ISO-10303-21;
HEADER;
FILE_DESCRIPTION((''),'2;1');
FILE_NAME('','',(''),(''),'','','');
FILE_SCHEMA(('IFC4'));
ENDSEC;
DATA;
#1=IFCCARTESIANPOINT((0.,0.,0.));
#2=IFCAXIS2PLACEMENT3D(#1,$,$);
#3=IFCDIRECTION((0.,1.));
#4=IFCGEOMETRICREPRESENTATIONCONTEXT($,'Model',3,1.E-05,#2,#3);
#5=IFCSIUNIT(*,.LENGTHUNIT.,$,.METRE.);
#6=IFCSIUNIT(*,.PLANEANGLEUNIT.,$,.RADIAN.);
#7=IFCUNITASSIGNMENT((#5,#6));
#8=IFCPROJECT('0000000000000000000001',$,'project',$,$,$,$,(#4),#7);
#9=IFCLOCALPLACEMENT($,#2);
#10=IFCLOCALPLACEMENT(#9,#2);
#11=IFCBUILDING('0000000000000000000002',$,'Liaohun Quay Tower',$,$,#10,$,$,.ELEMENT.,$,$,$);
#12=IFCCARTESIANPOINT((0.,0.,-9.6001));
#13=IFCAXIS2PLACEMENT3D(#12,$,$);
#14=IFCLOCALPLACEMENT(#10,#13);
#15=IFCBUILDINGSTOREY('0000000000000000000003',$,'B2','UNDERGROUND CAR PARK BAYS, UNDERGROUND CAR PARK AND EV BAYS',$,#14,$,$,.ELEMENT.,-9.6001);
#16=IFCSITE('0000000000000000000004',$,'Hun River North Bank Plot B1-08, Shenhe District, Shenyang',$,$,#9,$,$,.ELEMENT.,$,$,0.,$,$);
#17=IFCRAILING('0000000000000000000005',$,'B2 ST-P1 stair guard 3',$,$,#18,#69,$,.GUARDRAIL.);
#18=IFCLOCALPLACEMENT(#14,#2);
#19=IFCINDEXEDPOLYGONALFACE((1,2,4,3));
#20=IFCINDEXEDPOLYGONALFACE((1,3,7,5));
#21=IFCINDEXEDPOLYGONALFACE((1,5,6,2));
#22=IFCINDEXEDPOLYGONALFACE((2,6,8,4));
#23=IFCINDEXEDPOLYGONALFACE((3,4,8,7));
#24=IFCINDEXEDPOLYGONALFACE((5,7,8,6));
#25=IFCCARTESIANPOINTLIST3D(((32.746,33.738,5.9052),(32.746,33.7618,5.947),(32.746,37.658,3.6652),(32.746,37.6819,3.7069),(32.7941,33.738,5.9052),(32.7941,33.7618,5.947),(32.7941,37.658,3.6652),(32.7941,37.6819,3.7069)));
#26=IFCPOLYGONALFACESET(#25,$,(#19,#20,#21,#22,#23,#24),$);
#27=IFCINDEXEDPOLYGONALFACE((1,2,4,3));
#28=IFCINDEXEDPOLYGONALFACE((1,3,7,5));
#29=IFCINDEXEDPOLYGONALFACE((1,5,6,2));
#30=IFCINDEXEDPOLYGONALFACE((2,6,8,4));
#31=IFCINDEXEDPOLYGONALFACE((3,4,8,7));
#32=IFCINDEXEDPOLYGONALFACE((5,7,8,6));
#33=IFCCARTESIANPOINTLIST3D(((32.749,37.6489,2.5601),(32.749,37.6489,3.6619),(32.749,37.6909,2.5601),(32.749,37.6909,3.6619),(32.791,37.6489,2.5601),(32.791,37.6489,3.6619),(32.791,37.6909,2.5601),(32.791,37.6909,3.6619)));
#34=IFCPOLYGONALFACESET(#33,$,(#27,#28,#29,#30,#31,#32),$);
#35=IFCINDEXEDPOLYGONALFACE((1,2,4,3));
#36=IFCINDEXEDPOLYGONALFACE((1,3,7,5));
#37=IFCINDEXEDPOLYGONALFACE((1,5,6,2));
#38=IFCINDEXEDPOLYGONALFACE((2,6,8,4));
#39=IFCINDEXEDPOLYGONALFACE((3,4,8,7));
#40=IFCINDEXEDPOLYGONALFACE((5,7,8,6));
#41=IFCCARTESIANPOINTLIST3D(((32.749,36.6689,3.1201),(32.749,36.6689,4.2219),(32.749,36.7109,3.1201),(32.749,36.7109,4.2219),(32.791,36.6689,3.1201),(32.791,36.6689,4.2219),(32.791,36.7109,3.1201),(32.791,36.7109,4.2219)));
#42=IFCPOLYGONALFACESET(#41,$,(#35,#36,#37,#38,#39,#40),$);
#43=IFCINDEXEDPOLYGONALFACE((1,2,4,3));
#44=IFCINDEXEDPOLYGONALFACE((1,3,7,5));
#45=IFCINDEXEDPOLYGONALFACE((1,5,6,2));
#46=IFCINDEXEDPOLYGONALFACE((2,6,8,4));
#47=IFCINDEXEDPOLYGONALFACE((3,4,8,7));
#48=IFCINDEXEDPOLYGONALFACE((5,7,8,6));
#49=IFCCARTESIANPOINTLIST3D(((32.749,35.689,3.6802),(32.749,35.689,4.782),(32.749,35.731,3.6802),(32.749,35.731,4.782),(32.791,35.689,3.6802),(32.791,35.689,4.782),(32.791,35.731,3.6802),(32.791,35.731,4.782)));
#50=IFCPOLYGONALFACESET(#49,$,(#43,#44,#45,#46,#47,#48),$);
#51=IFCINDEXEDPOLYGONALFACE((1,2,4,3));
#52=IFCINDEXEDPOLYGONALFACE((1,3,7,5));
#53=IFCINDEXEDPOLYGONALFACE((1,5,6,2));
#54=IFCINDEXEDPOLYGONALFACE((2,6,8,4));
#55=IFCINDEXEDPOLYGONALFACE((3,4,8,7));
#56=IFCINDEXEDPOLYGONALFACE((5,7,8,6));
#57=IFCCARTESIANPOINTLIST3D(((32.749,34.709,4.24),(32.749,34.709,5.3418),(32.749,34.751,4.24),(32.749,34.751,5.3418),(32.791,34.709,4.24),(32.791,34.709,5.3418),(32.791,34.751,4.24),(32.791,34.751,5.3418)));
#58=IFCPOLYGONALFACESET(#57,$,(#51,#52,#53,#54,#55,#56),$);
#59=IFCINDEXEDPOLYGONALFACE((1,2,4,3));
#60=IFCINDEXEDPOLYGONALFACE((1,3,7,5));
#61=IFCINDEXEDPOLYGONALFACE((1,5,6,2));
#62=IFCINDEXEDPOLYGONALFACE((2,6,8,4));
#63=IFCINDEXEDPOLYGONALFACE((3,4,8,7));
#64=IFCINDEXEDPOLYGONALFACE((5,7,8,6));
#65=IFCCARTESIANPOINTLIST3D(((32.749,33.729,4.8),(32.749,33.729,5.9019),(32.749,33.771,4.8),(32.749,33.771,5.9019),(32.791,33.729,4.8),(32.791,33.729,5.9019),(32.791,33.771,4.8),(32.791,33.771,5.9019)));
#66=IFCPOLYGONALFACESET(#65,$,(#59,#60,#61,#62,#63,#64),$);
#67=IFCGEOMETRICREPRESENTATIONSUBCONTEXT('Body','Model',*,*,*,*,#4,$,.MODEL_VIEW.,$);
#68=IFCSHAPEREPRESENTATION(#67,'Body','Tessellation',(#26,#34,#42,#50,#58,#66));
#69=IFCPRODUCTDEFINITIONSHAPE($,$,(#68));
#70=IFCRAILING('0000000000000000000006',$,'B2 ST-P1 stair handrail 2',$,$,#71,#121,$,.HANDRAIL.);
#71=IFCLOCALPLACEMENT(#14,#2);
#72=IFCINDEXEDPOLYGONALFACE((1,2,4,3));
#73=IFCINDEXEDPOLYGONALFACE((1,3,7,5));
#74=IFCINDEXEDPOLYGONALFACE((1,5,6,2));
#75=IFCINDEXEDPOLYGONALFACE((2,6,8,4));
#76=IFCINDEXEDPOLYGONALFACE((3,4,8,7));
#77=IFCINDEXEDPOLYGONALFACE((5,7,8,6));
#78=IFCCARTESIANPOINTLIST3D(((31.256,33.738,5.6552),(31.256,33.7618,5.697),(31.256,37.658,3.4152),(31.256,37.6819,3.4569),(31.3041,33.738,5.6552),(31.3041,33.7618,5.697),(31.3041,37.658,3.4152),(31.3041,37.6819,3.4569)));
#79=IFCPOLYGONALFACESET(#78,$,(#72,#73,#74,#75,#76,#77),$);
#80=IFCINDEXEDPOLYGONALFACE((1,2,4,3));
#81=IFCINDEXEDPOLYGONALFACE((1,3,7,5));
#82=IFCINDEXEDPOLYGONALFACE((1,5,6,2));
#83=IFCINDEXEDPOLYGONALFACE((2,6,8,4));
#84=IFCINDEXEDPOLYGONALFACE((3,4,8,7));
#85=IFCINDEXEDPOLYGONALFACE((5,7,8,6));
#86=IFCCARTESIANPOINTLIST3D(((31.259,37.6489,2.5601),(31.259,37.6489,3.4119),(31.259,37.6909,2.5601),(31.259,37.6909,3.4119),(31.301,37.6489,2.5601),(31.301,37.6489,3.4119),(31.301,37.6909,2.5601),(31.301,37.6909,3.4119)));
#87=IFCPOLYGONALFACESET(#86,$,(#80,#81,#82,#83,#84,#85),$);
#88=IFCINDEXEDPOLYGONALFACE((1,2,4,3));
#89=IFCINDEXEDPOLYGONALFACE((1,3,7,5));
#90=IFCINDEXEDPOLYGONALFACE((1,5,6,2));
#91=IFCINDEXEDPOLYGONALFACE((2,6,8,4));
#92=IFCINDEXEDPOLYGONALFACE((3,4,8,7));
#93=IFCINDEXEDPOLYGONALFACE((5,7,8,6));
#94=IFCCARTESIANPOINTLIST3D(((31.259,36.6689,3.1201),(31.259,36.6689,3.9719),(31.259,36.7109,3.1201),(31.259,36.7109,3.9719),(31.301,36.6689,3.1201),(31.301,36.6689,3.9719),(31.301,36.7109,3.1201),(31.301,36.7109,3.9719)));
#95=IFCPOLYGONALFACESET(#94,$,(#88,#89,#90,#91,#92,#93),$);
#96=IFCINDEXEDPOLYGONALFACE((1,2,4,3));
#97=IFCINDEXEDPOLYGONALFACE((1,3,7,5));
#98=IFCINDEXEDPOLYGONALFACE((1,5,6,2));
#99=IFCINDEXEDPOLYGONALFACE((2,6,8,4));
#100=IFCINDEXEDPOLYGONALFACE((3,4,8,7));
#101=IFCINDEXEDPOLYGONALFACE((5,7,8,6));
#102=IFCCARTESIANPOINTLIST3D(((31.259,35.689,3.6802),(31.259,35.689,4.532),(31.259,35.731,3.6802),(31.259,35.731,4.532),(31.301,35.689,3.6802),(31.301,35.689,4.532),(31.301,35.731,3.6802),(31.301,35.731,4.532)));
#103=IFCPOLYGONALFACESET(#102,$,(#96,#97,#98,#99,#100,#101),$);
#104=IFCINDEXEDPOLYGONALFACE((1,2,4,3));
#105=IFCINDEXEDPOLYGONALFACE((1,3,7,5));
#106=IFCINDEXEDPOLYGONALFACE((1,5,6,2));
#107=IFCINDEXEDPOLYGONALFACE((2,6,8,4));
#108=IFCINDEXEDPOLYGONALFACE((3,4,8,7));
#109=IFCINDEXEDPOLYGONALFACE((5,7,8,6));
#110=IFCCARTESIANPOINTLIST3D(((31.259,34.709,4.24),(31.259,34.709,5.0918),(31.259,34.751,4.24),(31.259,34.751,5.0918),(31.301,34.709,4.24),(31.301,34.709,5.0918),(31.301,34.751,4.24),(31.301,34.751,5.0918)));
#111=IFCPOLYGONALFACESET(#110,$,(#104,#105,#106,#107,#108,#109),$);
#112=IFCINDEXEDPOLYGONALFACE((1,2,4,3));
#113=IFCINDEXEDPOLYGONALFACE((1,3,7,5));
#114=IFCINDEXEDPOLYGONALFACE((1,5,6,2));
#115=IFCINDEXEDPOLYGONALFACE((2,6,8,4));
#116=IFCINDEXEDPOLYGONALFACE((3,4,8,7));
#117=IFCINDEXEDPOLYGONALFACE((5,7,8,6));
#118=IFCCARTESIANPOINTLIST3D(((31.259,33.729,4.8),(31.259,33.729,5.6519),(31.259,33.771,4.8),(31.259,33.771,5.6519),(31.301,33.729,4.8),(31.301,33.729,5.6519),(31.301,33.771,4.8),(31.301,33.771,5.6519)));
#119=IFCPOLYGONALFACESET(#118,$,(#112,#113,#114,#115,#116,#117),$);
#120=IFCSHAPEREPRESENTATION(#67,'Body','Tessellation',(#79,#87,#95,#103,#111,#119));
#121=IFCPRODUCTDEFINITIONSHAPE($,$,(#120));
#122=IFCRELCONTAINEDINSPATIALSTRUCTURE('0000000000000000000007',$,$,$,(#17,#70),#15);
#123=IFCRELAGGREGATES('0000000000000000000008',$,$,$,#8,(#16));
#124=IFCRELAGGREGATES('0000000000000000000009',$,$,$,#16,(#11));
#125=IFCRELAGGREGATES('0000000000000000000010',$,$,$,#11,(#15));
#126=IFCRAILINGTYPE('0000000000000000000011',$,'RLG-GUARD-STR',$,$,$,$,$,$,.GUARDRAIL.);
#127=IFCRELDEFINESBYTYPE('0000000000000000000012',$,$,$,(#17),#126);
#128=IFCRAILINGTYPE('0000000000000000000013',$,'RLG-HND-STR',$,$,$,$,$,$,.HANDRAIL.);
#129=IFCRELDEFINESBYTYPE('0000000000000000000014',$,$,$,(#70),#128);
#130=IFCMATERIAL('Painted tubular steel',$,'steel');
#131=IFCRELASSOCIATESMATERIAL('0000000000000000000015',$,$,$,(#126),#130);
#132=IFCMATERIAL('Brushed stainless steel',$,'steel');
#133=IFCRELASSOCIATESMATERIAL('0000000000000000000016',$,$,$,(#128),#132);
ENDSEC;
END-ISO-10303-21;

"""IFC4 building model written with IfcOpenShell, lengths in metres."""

from ifc_helpers import new_model, si_unit, direction, frame, origin, origin_2d, place, context, subcontext, project, spatial, rectangle, extrude, material, type_object, element, save


model = new_model("IFC4")

# Units and contexts
model_context = context("Model", 3, precision=1e-05, world=origin(), true_north=direction((0.0, 1.0)))
body_context = subcontext(model_context, "Body", "Model", "MODEL_VIEW")
ifc_project = project(units=[si_unit("LENGTHUNIT", "METRE"), si_unit("PLANEANGLEUNIT", "RADIAN")], contexts=[model_context])

# Site, building, storey
site_placement = place(None, origin())
site = spatial("IfcSite", under=ifc_project, at=site_placement, Name="Hun River North Bank Plot B1-08, Shenhe District, Shenyang", CompositionType="ELEMENT", RefElevation=0.0)
building_placement = place(site_placement, origin())
building = spatial("IfcBuilding", under=site, at=building_placement, Name="Liaohun Quay Tower", CompositionType="ELEMENT")
storey_placement = place(building_placement, frame((0.0, 0.0, -9.6001)))
storey = spatial("IfcBuildingStorey", under=building, at=storey_placement, Name="B2", Description="UNDERGROUND CAR PARK BAYS, UNDERGROUND CAR PARK AND EV BAYS", CompositionType="ELEMENT", Elevation=-9.6001)

# Railings
ifc_material_1 = material(Name="Painted tubular steel", Category="steel")
railing_type_1 = type_object("IfcRailingType", Name="RLG-GUARD-STR", PredefinedType="GUARDRAIL", material=ifc_material_1)
railing_1_placement = place(storey_placement, frame((32.77, 37.6699, 2.5601)))
element("IfcRailing", 1, at=railing_1_placement, inside=storey, type_object=railing_type_1, Name="B2 ST-P1 stair guard 3", PredefinedType="GUARDRAIL", context=body_context, shape_type="SweptSolid", body=[
    extrude(rectangle(XDim=0.0481, YDim=0.0481, at=origin_2d()), frame((0.0, 0.0, 1.126), z_axis=(0.0, -0.86824, 0.496145), x_axis=(1.0, 0.0, 0.0)), (0.0, 0.0, 1.0), 4.5149),
    extrude(rectangle(XDim=0.042, YDim=0.042, at=origin_2d()), origin(), (0.0, 0.0, 1.0), 1.1018),
    extrude(rectangle(XDim=0.042, YDim=0.042, at=origin_2d()), frame((0.0, -0.98, 0.5601)), (0.0, 0.0, 1.0), 1.1018),
    extrude(rectangle(XDim=0.042, YDim=0.042, at=origin_2d()), frame((0.0, -1.96, 1.1201)), (0.0, 0.0, 1.0), 1.1018),
    extrude(rectangle(XDim=0.042, YDim=0.042, at=origin_2d()), frame((0.0, -2.9399, 1.6799)), (0.0, 0.0, 1.0), 1.1018),
    extrude(rectangle(XDim=0.042, YDim=0.042, at=origin_2d()), frame((0.0, -3.9199, 2.24)), (0.0, 0.0, 1.0), 1.1018),
])
ifc_material_2 = material(Name="Brushed stainless steel", Category="steel")
railing_type_2 = type_object("IfcRailingType", Name="RLG-HND-STR", PredefinedType="HANDRAIL", material=ifc_material_2)
railing_2_placement = place(storey_placement, frame((31.28, 37.6699, 2.5601)))
element("IfcRailing", 2, at=railing_2_placement, inside=storey, type_object=railing_type_2, Name="B2 ST-P1 stair handrail 2", PredefinedType="HANDRAIL", context=body_context, shape_type="SweptSolid", body=[
    extrude(rectangle(XDim=0.0481, YDim=0.0481, at=origin_2d()), frame((0.0, 0.0, 0.876), z_axis=(0.0, -0.86824, 0.496145), x_axis=(1.0, 0.0, 0.0)), (0.0, 0.0, 1.0), 4.5149),
    extrude(rectangle(XDim=0.042, YDim=0.042, at=origin_2d()), origin(), (0.0, 0.0, 1.0), 0.8518),
    extrude(rectangle(XDim=0.042, YDim=0.042, at=origin_2d()), frame((0.0, -0.98, 0.5601)), (0.0, 0.0, 1.0), 0.8518),
    extrude(rectangle(XDim=0.042, YDim=0.042, at=origin_2d()), frame((0.0, -1.96, 1.1201)), (0.0, 0.0, 1.0), 0.8518),
    extrude(rectangle(XDim=0.042, YDim=0.042, at=origin_2d()), frame((0.0, -2.9399, 1.6799)), (0.0, 0.0, 1.0), 0.8518),
    extrude(rectangle(XDim=0.042, YDim=0.042, at=origin_2d()), frame((0.0, -3.9199, 2.24)), (0.0, 0.0, 1.0), 0.8518),
])

save(model, "model.ifc")
